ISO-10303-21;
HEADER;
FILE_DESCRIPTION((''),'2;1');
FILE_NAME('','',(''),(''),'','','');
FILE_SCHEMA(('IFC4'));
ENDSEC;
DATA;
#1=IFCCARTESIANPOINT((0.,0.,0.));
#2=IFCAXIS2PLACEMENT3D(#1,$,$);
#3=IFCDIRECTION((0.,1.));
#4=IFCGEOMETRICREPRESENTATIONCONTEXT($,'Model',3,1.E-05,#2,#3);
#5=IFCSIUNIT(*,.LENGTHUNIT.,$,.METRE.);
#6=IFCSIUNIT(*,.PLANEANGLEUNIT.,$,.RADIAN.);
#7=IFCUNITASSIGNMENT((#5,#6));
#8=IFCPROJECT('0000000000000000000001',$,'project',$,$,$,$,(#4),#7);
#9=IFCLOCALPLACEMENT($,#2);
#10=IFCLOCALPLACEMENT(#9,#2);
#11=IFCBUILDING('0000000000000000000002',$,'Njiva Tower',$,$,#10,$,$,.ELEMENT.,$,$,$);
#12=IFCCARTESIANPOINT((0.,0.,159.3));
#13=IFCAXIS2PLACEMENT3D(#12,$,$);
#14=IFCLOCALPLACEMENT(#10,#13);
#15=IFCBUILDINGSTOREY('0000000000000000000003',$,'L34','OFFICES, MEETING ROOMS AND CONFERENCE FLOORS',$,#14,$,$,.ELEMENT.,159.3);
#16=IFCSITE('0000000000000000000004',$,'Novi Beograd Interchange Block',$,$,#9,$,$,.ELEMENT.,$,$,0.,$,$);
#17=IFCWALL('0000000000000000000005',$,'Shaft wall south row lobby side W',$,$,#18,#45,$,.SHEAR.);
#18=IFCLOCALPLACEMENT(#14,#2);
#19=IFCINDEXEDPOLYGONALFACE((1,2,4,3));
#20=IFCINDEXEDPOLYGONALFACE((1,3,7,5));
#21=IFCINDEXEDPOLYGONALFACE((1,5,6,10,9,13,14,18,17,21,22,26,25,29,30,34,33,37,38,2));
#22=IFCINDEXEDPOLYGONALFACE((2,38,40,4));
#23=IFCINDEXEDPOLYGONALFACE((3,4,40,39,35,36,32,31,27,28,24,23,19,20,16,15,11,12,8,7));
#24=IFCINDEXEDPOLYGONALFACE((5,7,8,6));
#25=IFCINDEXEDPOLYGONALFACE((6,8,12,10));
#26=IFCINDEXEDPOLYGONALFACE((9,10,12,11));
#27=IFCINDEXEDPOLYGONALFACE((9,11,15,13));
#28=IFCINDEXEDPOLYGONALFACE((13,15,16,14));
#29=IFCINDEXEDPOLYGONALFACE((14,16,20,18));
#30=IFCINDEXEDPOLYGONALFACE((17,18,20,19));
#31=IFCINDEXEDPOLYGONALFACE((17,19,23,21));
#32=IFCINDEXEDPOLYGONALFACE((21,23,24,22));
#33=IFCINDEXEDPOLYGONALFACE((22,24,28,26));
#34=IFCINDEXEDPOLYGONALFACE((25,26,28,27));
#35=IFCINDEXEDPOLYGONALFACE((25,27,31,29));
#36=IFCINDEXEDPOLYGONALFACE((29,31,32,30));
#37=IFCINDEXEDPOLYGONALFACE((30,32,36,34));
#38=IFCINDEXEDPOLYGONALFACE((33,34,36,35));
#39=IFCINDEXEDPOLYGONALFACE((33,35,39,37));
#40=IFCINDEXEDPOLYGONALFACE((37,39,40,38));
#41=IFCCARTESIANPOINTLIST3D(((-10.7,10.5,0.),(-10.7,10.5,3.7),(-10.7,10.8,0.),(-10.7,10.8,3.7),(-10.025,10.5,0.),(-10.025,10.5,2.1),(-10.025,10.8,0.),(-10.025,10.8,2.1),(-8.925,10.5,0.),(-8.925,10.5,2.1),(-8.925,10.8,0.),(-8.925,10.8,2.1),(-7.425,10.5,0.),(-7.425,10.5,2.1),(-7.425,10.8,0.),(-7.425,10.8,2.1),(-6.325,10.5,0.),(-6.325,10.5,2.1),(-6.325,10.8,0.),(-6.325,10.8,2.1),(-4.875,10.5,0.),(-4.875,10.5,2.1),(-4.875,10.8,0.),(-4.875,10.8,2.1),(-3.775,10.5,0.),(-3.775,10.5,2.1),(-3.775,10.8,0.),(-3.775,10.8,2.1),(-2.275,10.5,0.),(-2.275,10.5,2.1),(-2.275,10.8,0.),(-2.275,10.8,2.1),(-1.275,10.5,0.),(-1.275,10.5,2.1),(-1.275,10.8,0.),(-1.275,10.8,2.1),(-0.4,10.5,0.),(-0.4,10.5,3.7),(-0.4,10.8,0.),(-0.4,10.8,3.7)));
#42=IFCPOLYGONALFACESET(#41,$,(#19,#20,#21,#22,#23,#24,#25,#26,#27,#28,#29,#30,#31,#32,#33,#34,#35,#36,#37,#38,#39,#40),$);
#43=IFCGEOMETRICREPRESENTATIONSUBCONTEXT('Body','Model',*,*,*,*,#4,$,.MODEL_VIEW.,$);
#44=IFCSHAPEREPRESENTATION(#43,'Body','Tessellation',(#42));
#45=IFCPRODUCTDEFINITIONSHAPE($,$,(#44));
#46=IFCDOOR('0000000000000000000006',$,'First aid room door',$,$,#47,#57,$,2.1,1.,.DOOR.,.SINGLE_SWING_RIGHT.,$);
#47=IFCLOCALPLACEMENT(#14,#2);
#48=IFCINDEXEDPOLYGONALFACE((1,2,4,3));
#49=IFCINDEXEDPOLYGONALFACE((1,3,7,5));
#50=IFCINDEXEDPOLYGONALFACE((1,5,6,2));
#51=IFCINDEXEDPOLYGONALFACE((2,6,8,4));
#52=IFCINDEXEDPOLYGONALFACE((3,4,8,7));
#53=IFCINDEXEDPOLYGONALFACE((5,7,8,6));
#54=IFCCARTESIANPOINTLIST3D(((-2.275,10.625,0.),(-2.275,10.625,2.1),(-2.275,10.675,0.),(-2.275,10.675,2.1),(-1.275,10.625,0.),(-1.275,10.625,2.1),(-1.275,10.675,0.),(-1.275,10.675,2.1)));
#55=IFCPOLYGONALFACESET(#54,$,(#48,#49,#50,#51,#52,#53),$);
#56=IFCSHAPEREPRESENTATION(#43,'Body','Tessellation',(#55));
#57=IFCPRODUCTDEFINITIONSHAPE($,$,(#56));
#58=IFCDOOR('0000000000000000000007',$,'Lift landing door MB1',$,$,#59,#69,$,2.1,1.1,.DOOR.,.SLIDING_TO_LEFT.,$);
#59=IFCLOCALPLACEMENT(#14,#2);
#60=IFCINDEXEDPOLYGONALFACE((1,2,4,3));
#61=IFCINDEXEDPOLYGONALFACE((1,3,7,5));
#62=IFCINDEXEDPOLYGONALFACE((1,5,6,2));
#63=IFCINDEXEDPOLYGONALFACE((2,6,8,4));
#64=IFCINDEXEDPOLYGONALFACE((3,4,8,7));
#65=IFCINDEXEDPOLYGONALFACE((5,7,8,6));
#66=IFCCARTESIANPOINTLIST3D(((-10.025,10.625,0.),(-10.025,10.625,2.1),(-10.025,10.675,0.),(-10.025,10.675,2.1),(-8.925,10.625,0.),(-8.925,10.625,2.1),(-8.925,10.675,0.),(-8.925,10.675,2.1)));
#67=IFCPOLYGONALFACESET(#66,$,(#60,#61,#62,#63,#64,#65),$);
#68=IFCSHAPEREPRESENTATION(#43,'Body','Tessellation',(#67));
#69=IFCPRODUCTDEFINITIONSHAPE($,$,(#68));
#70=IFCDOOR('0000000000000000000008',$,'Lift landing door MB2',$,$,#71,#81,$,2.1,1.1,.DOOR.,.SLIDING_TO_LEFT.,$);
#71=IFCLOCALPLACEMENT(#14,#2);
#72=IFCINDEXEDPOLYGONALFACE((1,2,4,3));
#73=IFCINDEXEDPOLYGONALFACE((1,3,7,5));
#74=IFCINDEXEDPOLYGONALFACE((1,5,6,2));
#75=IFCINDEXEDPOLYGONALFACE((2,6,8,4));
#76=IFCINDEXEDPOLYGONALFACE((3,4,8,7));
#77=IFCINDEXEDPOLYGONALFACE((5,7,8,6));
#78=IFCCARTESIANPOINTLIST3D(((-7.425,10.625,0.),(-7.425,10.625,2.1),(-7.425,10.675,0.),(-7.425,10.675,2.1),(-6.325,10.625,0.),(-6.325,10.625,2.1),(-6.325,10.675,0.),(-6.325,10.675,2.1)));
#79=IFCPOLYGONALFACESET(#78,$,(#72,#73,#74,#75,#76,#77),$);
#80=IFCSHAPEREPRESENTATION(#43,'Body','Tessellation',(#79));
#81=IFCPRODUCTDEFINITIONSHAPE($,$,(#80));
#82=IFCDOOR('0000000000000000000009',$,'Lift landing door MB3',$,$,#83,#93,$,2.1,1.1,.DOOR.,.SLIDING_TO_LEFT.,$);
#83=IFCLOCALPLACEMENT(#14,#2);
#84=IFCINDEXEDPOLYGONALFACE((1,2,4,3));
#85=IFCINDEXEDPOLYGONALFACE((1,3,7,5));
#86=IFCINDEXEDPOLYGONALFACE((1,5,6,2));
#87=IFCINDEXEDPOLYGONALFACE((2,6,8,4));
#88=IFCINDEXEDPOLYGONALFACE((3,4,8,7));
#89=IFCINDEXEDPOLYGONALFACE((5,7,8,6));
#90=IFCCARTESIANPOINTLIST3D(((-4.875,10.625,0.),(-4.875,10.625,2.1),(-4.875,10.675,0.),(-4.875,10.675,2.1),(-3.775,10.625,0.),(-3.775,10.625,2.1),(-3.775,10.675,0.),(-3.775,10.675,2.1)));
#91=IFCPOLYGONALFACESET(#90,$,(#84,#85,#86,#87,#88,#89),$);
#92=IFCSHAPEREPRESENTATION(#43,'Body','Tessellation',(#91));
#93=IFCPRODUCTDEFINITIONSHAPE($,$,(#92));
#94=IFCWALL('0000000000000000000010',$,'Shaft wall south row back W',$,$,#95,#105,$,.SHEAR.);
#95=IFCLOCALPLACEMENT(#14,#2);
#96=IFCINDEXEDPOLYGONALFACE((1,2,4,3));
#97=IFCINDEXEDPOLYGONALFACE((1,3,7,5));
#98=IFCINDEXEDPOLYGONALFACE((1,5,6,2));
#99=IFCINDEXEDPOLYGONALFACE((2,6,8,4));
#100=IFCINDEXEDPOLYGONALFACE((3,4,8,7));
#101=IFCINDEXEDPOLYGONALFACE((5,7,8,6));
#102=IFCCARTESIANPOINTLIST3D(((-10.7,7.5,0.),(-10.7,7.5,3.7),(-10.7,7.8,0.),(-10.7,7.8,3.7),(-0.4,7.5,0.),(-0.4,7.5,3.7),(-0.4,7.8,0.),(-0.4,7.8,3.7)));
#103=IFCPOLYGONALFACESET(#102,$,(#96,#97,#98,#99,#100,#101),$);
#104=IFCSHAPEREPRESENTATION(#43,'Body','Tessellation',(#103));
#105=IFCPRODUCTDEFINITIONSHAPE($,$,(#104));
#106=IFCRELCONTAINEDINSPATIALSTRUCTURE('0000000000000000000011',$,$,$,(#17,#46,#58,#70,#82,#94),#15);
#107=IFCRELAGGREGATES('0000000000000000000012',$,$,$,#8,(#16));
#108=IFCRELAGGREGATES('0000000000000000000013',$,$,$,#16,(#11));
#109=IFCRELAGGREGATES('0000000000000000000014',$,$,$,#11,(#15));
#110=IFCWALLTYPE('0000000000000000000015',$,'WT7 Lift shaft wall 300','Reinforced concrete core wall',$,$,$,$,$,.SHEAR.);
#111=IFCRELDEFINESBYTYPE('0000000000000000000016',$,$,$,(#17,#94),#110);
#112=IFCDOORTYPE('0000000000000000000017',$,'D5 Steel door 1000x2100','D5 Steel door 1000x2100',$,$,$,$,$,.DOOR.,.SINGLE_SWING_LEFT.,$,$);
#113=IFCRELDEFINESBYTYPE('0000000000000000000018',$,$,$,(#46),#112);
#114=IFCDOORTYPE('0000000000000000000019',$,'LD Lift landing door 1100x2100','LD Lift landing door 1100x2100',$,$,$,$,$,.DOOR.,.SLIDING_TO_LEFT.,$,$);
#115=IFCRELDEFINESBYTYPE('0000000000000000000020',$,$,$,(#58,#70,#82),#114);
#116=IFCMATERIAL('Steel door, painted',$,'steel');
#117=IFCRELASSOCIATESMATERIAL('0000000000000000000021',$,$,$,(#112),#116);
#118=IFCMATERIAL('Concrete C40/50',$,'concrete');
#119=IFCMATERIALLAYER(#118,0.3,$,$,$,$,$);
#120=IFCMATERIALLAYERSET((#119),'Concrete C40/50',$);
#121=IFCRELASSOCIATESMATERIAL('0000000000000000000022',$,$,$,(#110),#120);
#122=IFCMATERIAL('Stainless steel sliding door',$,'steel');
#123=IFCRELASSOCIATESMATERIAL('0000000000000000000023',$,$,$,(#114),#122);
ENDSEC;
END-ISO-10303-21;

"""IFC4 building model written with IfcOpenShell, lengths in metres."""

from ifc_helpers import new_model, si_unit, direction, frame, frame_2d, origin, place, context, subcontext, project, spatial, rectangle, extrude, material, layer, layer_set, type_object, element, fill, save


model = new_model("IFC4")

# Units and contexts
model_context = context("Model", 3, precision=1e-05, world=origin(), true_north=direction((0.0, 1.0)))
body_context = subcontext(model_context, "Body", "Model", "MODEL_VIEW")
ifc_project = project(units=[si_unit("LENGTHUNIT", "METRE"), si_unit("PLANEANGLEUNIT", "RADIAN")], contexts=[model_context])

# Site, building, storey
site_placement = place(None, origin())
site = spatial("IfcSite", under=ifc_project, at=site_placement, Name="Novi Beograd Interchange Block", CompositionType="ELEMENT", RefElevation=0.0)
building_placement = place(site_placement, origin())
building = spatial("IfcBuilding", under=site, at=building_placement, Name="Njiva Tower", CompositionType="ELEMENT")
storey_placement = place(building_placement, frame((0.0, 0.0, 159.3)))
storey = spatial("IfcBuildingStorey", under=building, at=storey_placement, Name="L34", Description="OFFICES, MEETING ROOMS AND CONFERENCE FLOORS", CompositionType="ELEMENT", Elevation=159.3)

# Shared definitions
ifc_material_1 = material(Name="Concrete C40/50", Category="concrete")
ifc_material_2 = material(Name="Steel door, painted", Category="steel")
door_type_1 = type_object("IfcDoorType", Name="D5 Steel door 1000x2100", Description="D5 Steel door 1000x2100", OperationType="SINGLE_SWING_LEFT", PredefinedType="DOOR", material=ifc_material_2)

# Wall, openings, doors
ifc_layer_1 = layer(ifc_material_1, 0.3)
ifc_layer_set_1 = layer_set([ifc_layer_1], Name="Concrete C40/50")
wall_type_1 = type_object("IfcWallType", Name="WT7 Lift shaft wall 300", Description="Reinforced concrete core wall", PredefinedType="SHEAR", material=ifc_layer_set_1)
wall_1_placement = place(storey_placement, frame((-10.7, 10.65, 0.0), z_axis=(0.0, 0.0, 1.0), x_axis=(1.0, 0.0, 0.0)))
wall_1 = element("IfcWall", 1, at=wall_1_placement, inside=storey, type_object=wall_type_1, Name="Shaft wall south row lobby side W", PredefinedType="SHEAR", context=body_context, shape_type="SweptSolid", body=[
    extrude(rectangle(XDim=10.3, YDim=0.3, at=frame_2d((5.15, 0.0))), origin(), (0.0, 0.0, 1.0), 3.7),
])
opening_1_placement = place(wall_1_placement, frame((0.675, 0.0, 0.0)))
opening_1 = element("IfcOpeningElement", 2, at=opening_1_placement, cuts=wall_1, PredefinedType="OPENING", context=body_context, shape_type="SweptSolid", body=[
    extrude(rectangle(XDim=1.1, YDim=2.1, at=frame_2d((0.55, 1.05))), frame((0.0, 0.16, 0.0), z_axis=(0.0, -1.0, 0.0), x_axis=(1.0, 0.0, 0.0)), (0.0, 0.0, 1.0), 0.32),
])
opening_2_placement = place(wall_1_placement, frame((3.275, 0.0, 0.0)))
opening_2 = element("IfcOpeningElement", 3, at=opening_2_placement, cuts=wall_1, PredefinedType="OPENING", context=body_context, shape_type="SweptSolid", body=[
    extrude(rectangle(XDim=1.1, YDim=2.1, at=frame_2d((0.55, 1.05))), frame((0.0, 0.16, 0.0), z_axis=(0.0, -1.0, 0.0), x_axis=(1.0, 0.0, 0.0)), (0.0, 0.0, 1.0), 0.32),
])
opening_3_placement = place(wall_1_placement, frame((5.825, 0.0, 0.0)))
opening_3 = element("IfcOpeningElement", 4, at=opening_3_placement, cuts=wall_1, PredefinedType="OPENING", context=body_context, shape_type="SweptSolid", body=[
    extrude(rectangle(XDim=1.1, YDim=2.1, at=frame_2d((0.55, 1.05))), frame((0.0, 0.16, 0.0), z_axis=(0.0, -1.0, 0.0), x_axis=(1.0, 0.0, 0.0)), (0.0, 0.0, 1.0), 0.32),
])
opening_4_placement = place(wall_1_placement, frame((8.425, 0.0, 0.0)))
opening_4 = element("IfcOpeningElement", 5, at=opening_4_placement, cuts=wall_1, PredefinedType="OPENING", context=body_context, shape_type="SweptSolid", body=[
    extrude(rectangle(XDim=1.0, YDim=2.1, at=frame_2d((0.5, 1.05))), frame((0.0, 0.16, 0.0), z_axis=(0.0, -1.0, 0.0), x_axis=(1.0, 0.0, 0.0)), (0.0, 0.0, 1.0), 0.32),
])
door_1_placement = place(opening_4_placement, origin())
door_1 = element("IfcDoor", 6, at=door_1_placement, inside=storey, type_object=door_type_1, Name="First aid room door", OperationType="SINGLE_SWING_RIGHT", OverallHeight=2.1, OverallWidth=1.0, PredefinedType="DOOR", context=body_context, shape_type="SweptSolid", body=[
    extrude(rectangle(XDim=1.0, YDim=2.1, at=frame_2d((0.5, 1.05))), frame((0.0, 0.025, 0.0), z_axis=(0.0, -1.0, 0.0), x_axis=(1.0, 0.0, 0.0)), (0.0, 0.0, 1.0), 0.05),
])
fill(opening_4, door_1)
ifc_material_3 = material(Name="Stainless steel sliding door", Category="steel")
door_type_2 = type_object("IfcDoorType", Name="LD Lift landing door 1100x2100", Description="LD Lift landing door 1100x2100", OperationType="SLIDING_TO_LEFT", PredefinedType="DOOR", material=ifc_material_3)
door_2_placement = place(opening_1_placement, origin())
door_2 = element("IfcDoor", 7, at=door_2_placement, inside=storey, type_object=door_type_2, Name="Lift landing door MB1", OperationType="SLIDING_TO_LEFT", OverallHeight=2.1, OverallWidth=1.1, PredefinedType="DOOR", context=body_context, shape_type="SweptSolid", body=[
    extrude(rectangle(XDim=1.1, YDim=2.1, at=frame_2d((0.55, 1.05))), frame((0.0, 0.025, 0.0), z_axis=(0.0, -1.0, 0.0), x_axis=(1.0, 0.0, 0.0)), (0.0, 0.0, 1.0), 0.05),
])
fill(opening_1, door_2)
door_3_placement = place(opening_2_placement, origin())
door_3 = element("IfcDoor", 8, at=door_3_placement, inside=storey, type_object=door_type_2, Name="Lift landing door MB2", OperationType="SLIDING_TO_LEFT", OverallHeight=2.1, OverallWidth=1.1, PredefinedType="DOOR", context=body_context, shape_type="SweptSolid", body=[
    extrude(rectangle(XDim=1.1, YDim=2.1, at=frame_2d((0.55, 1.05))), frame((0.0, 0.025, 0.0), z_axis=(0.0, -1.0, 0.0), x_axis=(1.0, 0.0, 0.0)), (0.0, 0.0, 1.0), 0.05),
])
fill(opening_2, door_3)
door_4_placement = place(opening_3_placement, origin())
door_4 = element("IfcDoor", 9, at=door_4_placement, inside=storey, type_object=door_type_2, Name="Lift landing door MB3", OperationType="SLIDING_TO_LEFT", OverallHeight=2.1, OverallWidth=1.1, PredefinedType="DOOR", context=body_context, shape_type="SweptSolid", body=[
    extrude(rectangle(XDim=1.1, YDim=2.1, at=frame_2d((0.55, 1.05))), frame((0.0, 0.025, 0.0), z_axis=(0.0, -1.0, 0.0), x_axis=(1.0, 0.0, 0.0)), (0.0, 0.0, 1.0), 0.05),
])
fill(opening_3, door_4)

# Wall
wall_2_placement = place(storey_placement, frame((-10.7, 7.65, 0.0), z_axis=(0.0, 0.0, 1.0), x_axis=(1.0, 0.0, 0.0)))
element("IfcWall", 10, at=wall_2_placement, inside=storey, type_object=wall_type_1, Name="Shaft wall south row back W", PredefinedType="SHEAR", context=body_context, shape_type="SweptSolid", body=[
    extrude(rectangle(XDim=10.3, YDim=0.3, at=frame_2d((5.15, 0.0))), origin(), (0.0, 0.0, 1.0), 3.7),
])

save(model, "model.ifc")
